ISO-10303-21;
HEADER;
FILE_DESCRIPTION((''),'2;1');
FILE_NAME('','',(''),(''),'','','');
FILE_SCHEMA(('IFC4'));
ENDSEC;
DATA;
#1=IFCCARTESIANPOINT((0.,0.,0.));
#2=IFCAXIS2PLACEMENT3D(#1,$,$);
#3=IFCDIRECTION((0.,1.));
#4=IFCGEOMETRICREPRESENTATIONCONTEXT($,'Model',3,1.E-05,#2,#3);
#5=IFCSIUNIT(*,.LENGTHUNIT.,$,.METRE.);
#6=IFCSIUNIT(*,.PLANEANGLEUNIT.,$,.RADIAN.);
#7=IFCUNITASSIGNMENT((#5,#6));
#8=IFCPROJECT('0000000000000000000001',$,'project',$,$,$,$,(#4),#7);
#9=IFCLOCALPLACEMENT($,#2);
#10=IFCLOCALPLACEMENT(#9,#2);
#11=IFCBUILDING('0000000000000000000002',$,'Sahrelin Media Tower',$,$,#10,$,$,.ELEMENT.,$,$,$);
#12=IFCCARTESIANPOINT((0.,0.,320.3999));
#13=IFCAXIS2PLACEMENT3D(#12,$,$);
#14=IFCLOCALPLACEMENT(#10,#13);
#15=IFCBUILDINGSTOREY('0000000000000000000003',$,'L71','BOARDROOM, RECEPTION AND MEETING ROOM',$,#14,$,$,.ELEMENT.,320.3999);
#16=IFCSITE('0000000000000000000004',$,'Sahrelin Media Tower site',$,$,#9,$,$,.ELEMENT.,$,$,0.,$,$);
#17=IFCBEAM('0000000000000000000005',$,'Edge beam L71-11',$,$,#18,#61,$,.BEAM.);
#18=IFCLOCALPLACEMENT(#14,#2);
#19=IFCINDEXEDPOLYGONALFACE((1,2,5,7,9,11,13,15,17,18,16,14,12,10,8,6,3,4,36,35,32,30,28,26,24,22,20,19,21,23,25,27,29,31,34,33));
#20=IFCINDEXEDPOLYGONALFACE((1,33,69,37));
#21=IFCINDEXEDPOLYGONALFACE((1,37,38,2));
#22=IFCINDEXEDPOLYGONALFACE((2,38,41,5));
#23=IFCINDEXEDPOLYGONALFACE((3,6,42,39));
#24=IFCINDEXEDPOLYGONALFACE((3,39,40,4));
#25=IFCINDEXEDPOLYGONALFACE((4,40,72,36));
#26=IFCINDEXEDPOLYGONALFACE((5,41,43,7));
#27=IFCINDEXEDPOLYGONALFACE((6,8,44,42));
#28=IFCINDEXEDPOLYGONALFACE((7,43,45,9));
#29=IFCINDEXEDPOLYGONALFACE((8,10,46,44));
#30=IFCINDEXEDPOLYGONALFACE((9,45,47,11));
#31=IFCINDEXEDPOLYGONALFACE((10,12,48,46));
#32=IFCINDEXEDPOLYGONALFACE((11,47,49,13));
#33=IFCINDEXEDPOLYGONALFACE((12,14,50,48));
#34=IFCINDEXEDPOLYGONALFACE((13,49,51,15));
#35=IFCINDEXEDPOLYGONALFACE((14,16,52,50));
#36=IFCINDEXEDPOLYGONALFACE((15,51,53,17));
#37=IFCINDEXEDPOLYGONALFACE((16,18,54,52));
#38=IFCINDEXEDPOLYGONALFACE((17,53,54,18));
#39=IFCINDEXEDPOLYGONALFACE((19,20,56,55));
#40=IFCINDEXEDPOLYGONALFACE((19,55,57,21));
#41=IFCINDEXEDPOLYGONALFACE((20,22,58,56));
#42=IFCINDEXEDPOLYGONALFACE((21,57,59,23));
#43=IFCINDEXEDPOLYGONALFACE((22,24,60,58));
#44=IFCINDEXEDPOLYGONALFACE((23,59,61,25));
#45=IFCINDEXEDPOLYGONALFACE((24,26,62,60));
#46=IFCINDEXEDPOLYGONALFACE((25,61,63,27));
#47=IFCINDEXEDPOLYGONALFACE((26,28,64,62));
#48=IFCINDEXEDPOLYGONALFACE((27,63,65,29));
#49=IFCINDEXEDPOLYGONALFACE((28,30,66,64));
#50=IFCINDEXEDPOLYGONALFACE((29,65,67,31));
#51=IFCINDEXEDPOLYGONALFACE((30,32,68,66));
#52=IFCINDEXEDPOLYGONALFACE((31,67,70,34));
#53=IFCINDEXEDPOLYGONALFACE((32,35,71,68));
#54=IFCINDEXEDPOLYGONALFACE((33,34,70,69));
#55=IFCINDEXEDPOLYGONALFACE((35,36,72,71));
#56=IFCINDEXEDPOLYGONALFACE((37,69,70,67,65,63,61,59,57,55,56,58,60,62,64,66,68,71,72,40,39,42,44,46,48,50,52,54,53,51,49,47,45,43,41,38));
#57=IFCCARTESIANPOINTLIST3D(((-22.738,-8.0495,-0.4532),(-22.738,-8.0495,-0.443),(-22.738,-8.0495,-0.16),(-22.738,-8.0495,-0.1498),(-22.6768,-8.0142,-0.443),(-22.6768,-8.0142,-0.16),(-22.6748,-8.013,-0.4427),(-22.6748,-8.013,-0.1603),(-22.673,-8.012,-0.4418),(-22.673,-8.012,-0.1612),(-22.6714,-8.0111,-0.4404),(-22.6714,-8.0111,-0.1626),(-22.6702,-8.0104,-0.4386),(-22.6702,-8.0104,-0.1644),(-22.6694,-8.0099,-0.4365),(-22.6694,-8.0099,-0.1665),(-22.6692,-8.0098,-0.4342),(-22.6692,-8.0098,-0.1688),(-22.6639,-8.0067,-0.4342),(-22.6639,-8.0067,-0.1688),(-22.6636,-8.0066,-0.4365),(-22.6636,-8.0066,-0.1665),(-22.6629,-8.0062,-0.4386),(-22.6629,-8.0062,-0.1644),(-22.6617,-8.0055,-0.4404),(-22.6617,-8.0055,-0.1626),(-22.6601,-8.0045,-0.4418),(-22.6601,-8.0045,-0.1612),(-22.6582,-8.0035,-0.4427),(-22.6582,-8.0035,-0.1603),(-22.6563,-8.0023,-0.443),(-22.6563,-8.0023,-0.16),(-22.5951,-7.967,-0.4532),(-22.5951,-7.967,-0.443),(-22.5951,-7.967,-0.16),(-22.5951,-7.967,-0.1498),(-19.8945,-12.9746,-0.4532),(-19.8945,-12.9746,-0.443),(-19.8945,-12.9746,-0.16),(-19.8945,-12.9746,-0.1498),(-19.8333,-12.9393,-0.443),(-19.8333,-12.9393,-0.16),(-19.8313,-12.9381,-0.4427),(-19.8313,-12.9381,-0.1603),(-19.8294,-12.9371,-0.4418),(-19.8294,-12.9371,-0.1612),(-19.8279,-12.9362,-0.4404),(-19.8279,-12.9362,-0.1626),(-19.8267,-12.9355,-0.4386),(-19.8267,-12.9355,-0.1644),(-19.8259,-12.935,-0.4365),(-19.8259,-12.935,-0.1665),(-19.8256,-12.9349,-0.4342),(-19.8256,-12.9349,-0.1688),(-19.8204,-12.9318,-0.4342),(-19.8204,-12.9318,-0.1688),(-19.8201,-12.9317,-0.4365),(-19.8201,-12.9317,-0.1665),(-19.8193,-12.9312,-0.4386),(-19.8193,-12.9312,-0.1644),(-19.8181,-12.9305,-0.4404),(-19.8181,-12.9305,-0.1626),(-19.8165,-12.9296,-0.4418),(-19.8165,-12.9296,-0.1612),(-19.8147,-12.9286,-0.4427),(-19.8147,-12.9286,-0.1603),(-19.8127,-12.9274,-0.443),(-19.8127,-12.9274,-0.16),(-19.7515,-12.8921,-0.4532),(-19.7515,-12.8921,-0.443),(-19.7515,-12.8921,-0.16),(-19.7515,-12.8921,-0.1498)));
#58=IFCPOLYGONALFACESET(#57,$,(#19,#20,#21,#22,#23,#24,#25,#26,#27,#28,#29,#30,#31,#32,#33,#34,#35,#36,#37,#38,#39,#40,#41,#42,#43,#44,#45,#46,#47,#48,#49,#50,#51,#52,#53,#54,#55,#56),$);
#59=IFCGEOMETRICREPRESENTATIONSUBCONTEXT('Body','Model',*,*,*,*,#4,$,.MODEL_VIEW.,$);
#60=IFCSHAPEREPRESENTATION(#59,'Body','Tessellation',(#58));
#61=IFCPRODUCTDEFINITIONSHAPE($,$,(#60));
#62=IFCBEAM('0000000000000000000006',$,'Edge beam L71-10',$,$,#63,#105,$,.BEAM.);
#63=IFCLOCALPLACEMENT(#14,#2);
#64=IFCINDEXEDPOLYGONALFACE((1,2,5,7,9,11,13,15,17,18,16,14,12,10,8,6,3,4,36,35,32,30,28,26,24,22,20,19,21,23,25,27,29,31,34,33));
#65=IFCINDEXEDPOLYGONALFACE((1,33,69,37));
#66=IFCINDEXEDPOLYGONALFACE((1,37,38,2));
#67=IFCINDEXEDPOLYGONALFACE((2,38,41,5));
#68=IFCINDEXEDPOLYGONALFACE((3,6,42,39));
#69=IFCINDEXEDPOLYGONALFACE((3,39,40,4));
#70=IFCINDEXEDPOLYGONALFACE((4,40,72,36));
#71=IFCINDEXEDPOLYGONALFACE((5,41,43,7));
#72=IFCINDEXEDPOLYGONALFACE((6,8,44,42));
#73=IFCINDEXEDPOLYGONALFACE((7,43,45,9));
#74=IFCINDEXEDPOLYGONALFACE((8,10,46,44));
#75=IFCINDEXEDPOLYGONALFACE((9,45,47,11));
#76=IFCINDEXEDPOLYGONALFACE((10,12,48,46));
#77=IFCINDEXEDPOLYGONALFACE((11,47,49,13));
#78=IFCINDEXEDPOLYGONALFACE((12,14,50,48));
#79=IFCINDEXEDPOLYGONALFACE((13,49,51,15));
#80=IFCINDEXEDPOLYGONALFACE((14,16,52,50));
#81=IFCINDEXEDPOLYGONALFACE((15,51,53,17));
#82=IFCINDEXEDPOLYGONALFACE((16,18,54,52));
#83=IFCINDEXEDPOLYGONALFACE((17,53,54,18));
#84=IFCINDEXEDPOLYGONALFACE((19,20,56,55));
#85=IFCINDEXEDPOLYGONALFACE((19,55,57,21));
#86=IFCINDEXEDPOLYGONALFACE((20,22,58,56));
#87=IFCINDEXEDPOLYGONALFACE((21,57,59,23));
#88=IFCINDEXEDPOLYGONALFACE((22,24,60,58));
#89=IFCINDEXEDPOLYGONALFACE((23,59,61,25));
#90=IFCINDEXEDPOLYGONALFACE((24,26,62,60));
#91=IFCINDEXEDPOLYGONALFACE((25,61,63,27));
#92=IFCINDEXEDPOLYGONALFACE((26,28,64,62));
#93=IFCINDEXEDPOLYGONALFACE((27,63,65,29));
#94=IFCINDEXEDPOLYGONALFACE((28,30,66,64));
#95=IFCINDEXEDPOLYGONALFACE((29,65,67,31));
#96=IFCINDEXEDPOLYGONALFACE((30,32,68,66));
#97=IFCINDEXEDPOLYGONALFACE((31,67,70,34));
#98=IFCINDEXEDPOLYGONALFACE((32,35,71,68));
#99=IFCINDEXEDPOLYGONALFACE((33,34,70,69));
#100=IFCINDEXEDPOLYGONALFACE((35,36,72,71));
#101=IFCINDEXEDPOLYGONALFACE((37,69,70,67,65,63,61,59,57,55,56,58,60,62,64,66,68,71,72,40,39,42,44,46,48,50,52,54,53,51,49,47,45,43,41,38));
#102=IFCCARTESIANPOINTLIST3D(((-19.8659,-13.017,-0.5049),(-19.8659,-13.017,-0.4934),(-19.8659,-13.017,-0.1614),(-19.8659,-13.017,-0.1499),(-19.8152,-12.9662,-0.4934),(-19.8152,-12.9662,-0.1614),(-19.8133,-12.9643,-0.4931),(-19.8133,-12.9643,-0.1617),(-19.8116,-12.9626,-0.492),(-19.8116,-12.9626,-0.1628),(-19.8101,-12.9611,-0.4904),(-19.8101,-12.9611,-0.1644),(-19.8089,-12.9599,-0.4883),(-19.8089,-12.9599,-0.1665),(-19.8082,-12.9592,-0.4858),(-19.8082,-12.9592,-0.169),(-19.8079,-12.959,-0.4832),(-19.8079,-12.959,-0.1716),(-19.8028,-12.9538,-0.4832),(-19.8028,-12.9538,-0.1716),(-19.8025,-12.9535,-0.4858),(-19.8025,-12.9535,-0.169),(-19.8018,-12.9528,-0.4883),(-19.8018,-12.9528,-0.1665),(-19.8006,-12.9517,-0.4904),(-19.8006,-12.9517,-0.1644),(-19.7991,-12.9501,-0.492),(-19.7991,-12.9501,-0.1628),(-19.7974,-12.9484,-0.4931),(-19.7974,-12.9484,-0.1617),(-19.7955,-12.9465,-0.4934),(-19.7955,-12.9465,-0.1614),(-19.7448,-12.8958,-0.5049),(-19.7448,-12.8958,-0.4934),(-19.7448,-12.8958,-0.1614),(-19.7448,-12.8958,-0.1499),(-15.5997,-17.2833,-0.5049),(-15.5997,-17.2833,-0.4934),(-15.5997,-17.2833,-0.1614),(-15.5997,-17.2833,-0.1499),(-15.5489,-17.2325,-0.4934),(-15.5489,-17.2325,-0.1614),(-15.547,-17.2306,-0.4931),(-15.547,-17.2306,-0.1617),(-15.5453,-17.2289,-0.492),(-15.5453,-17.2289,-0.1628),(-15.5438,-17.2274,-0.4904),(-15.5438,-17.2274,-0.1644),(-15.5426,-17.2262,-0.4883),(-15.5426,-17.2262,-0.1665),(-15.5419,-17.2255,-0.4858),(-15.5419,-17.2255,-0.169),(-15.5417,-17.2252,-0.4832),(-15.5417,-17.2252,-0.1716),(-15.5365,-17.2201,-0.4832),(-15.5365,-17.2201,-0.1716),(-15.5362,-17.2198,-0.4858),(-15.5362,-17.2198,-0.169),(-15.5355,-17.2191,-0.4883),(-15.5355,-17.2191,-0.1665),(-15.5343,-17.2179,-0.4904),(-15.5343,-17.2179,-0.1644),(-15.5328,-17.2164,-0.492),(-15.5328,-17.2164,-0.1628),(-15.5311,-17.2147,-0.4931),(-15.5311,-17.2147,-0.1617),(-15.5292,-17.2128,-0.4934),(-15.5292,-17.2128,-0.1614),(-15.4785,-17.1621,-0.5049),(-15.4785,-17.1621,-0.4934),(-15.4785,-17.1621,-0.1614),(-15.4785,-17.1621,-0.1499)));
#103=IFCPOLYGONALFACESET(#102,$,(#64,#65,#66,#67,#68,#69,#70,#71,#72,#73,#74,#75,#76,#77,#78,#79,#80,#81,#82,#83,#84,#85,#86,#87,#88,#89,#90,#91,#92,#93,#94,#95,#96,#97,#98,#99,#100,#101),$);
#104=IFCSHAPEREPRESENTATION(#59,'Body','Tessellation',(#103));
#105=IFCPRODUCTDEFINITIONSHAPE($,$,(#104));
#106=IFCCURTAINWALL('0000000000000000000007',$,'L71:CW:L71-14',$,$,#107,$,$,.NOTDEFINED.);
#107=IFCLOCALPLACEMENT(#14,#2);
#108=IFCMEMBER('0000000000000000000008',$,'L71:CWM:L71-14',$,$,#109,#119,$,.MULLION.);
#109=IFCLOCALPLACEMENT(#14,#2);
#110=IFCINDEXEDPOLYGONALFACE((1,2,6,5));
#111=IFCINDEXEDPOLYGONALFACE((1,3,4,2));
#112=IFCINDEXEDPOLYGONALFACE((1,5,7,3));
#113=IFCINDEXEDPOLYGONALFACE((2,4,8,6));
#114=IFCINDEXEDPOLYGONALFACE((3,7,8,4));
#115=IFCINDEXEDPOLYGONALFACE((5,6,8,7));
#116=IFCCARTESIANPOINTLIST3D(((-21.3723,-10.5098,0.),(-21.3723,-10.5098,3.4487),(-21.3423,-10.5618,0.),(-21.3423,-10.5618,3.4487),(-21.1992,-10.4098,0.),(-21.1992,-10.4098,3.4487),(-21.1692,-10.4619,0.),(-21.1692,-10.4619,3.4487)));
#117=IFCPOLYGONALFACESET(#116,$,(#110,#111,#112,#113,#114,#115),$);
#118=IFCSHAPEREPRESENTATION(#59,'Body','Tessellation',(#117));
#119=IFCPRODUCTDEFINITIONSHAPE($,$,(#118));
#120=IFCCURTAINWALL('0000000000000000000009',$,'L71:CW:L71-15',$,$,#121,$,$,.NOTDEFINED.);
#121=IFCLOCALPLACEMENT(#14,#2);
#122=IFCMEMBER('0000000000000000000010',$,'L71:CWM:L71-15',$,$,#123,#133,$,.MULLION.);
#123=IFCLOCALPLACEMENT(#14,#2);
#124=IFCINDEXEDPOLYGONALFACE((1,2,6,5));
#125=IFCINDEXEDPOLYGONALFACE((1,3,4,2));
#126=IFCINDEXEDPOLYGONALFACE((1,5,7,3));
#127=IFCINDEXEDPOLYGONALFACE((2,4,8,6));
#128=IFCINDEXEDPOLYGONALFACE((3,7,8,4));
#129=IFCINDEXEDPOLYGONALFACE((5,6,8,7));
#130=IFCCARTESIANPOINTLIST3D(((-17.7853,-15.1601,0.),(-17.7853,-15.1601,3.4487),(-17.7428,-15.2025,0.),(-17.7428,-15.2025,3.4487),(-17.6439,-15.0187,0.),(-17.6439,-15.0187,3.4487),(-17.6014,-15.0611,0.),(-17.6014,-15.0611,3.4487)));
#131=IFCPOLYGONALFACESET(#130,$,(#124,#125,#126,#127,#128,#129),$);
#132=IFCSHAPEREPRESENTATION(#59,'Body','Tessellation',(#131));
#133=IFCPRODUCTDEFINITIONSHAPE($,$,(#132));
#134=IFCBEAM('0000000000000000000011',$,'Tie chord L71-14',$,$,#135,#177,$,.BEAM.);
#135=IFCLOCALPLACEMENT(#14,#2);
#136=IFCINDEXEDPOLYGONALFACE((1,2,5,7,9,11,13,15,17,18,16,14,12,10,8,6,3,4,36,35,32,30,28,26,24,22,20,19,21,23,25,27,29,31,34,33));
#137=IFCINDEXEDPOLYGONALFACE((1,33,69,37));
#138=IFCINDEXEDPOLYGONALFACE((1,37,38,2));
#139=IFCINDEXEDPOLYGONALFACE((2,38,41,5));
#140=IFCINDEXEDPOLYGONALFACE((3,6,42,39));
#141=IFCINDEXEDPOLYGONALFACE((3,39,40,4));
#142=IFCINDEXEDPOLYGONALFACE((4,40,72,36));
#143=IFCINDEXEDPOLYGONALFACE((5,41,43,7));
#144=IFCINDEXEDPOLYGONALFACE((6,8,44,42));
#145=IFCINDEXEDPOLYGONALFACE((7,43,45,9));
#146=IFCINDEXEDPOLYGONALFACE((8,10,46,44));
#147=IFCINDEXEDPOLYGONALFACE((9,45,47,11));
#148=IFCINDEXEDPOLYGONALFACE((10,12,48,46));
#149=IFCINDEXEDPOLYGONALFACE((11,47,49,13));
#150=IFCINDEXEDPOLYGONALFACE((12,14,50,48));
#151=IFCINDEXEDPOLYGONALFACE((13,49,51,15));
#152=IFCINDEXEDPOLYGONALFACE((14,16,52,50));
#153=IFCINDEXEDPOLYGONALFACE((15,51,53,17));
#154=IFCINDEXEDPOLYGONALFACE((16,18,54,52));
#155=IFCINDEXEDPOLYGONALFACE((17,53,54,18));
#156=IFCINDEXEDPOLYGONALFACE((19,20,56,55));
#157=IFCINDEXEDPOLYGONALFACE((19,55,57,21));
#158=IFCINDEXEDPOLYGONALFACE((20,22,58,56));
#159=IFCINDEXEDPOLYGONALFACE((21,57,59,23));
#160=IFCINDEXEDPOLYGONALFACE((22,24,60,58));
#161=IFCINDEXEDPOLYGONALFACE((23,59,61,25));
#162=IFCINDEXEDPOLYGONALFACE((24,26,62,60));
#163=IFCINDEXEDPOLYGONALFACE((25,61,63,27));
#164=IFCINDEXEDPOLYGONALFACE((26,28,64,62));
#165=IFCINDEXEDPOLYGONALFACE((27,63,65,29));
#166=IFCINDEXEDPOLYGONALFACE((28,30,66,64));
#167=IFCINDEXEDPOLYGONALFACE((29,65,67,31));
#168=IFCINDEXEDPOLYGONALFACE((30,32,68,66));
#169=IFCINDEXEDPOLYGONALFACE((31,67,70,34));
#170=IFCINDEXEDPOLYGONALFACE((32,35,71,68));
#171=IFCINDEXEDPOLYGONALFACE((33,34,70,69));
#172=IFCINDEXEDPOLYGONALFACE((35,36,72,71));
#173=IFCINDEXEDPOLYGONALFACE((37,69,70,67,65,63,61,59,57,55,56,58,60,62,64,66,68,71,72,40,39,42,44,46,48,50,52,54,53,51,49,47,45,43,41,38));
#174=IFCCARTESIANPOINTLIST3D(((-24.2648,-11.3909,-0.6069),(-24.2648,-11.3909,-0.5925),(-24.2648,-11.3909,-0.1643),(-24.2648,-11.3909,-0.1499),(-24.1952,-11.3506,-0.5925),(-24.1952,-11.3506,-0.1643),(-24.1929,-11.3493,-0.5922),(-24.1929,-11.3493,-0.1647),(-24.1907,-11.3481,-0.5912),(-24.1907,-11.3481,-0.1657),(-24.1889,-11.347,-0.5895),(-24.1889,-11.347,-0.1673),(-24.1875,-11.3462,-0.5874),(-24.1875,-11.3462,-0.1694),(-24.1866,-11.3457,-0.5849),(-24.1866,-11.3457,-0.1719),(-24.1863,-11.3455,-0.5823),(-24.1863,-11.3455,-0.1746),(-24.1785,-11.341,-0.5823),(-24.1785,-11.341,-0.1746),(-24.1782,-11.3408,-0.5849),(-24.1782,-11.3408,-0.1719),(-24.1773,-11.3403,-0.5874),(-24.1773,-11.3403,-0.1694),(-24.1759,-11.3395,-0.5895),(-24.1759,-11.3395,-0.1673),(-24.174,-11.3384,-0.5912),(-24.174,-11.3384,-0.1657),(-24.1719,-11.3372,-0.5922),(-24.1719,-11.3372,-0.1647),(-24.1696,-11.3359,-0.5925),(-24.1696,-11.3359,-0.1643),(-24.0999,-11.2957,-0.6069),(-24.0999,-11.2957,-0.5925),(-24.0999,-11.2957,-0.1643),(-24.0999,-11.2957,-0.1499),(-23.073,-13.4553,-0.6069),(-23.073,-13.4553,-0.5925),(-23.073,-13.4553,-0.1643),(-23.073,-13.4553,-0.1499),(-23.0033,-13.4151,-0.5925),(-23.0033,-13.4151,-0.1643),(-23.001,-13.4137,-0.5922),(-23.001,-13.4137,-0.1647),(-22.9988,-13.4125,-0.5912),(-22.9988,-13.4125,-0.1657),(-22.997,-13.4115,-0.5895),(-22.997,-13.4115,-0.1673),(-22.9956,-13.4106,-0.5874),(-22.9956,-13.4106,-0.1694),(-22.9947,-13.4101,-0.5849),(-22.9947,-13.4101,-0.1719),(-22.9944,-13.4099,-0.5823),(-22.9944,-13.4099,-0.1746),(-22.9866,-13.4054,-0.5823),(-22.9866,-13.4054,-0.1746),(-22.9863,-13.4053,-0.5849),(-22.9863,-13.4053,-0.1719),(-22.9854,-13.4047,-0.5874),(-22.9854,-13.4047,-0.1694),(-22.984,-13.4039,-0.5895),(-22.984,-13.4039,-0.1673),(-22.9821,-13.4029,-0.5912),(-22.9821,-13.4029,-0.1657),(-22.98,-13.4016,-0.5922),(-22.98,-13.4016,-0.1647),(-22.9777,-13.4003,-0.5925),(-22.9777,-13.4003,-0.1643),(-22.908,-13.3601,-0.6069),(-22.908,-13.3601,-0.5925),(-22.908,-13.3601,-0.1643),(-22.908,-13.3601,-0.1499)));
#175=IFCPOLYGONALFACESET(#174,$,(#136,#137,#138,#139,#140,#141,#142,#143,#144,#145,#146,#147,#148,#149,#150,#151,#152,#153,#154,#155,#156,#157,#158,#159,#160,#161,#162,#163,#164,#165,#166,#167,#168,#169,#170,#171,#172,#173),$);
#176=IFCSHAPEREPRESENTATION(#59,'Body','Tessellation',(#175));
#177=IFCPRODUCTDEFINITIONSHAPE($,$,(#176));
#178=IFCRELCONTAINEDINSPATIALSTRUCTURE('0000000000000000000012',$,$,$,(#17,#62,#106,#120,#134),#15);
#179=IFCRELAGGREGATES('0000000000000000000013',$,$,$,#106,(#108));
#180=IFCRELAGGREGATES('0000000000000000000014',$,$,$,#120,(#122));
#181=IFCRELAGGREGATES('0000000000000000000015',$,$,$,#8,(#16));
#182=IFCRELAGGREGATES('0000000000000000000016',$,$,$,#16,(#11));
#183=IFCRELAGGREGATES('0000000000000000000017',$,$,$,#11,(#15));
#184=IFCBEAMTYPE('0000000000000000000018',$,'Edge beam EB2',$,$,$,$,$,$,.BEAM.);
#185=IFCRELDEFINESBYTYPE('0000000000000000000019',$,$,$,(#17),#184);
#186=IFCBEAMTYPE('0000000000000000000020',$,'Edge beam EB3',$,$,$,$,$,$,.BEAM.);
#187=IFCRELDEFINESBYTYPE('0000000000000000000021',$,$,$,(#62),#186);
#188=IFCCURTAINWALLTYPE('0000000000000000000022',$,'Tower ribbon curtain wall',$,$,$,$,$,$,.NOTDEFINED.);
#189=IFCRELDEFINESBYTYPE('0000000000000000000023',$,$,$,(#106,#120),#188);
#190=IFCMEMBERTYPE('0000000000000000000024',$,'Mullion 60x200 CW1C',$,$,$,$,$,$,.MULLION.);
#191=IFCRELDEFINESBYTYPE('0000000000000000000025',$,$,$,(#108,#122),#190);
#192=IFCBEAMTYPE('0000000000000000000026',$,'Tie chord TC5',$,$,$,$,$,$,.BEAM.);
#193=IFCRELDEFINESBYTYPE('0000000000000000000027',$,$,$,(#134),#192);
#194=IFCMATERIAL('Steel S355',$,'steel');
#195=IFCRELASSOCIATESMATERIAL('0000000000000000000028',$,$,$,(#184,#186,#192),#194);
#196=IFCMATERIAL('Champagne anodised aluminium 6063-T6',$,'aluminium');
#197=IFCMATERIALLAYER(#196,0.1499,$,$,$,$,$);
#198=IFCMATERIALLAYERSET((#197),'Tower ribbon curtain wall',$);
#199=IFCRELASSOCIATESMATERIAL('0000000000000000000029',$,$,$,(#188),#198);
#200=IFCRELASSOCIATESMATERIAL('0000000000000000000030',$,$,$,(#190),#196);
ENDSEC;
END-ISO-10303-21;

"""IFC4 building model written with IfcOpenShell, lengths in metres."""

from ifc_helpers import new_model, si_unit, direction, frame, origin, origin_2d, place, context, subcontext, project, spatial, rectangle, i_section, extrude, material, layer, layer_set, material_profile, profile_set, type_object, element, aggregate, save


model = new_model("IFC4")

# Units and contexts
model_context = context("Model", 3, precision=1e-05, world=origin(), true_north=direction((0.0, 1.0)))
body_context = subcontext(model_context, "Body", "Model", "MODEL_VIEW")
ifc_project = project(units=[si_unit("LENGTHUNIT", "METRE"), si_unit("PLANEANGLEUNIT", "RADIAN")], contexts=[model_context])

# Site, building, storey
site_placement = place(None, origin())
site = spatial("IfcSite", under=ifc_project, at=site_placement, Name="Sahrelin Media Tower site", CompositionType="ELEMENT", RefElevation=0.0)
building_placement = place(site_placement, origin())
building = spatial("IfcBuilding", under=site, at=building_placement, Name="Sahrelin Media Tower", CompositionType="ELEMENT")
storey_placement = place(building_placement, frame((0.0, 0.0, 320.3999)))
storey = spatial("IfcBuildingStorey", under=building, at=storey_placement, Name="L71", Description="BOARDROOM, RECEPTION AND MEETING ROOM", CompositionType="ELEMENT", Elevation=320.3999)

# Beams
ifc_material_1 = material(Name="Steel S355", Category="steel")
ifc_material_profile_1 = material_profile(ifc_material_1, i_section(OverallWidth=0.165, OverallDepth=0.3035, WebThickness=0.0061, FlangeThickness=0.0103, FilletRadius=0.0088, at=origin_2d()), Name="UB 305x165x40")
ifc_profile_set_1 = profile_set([ifc_material_profile_1], Name="Steel S355")
beam_type_1 = type_object("IfcBeamType", Name="Edge beam EB2", PredefinedType="BEAM", material=ifc_profile_set_1)
beam_1_placement = place(storey_placement, frame((-19.823, -12.9333, -0.3015), z_axis=(-0.500004, 0.866023, 0.0), x_axis=(-0.866023, -0.500004, 0.0)))
element("IfcBeam", 1, at=beam_1_placement, inside=storey, type_object=beam_type_1, Name="Edge beam L71-11", PredefinedType="BEAM", context=body_context, shape_type="SweptSolid", body=[
    extrude(i_section(OverallWidth=0.165, OverallDepth=0.3035, WebThickness=0.0061, FlangeThickness=0.0103, FilletRadius=0.0088, at=origin_2d()), origin(), (0.0, 0.0, 1.0), 5.687),
])
ifc_material_profile_2 = material_profile(ifc_material_1, i_section(OverallWidth=0.1714, OverallDepth=0.355, WebThickness=0.0073, FlangeThickness=0.0115, FilletRadius=0.0103, at=origin_2d()), Name="UB 356x171x51")
ifc_profile_set_2 = profile_set([ifc_material_profile_2], Name="Steel S355")
beam_type_2 = type_object("IfcBeamType", Name="Edge beam EB3", PredefinedType="BEAM", material=ifc_profile_set_2)
beam_2_placement = place(storey_placement, frame((-15.5391, -17.2227, -0.3274), z_axis=(-0.707107, 0.707107, 0.0), x_axis=(-0.707107, -0.707107, 0.0)))
element("IfcBeam", 2, at=beam_2_placement, inside=storey, type_object=beam_type_2, Name="Edge beam L71-10", PredefinedType="BEAM", context=body_context, shape_type="SweptSolid", body=[
    extrude(i_section(OverallWidth=0.1714, OverallDepth=0.355, WebThickness=0.0073, FlangeThickness=0.0115, FilletRadius=0.0103, at=origin_2d()), origin(), (0.0, 0.0, 1.0), 6.0334),
])

# Curtain walls, members
ifc_material_2 = material(Name="Champagne anodised aluminium 6063-T6", Category="aluminium")
ifc_layer_1 = layer(ifc_material_2, 0.1499)
ifc_layer_set_1 = layer_set([ifc_layer_1], Name="Tower ribbon curtain wall")
curtain_wall_type = type_object("IfcCurtainWallType", Name="Tower ribbon curtain wall", PredefinedType="NOTDEFINED", material=ifc_layer_set_1)
curtain_wall_1_placement = place(storey_placement, frame((-21.3745, -10.5459, 0.0), z_axis=(0.0, 0.0, 1.0), x_axis=(1.0, 0.0, 0.0)))
curtain_wall_1 = element("IfcCurtainWall", 3, at=curtain_wall_1_placement, inside=storey, type_object=curtain_wall_type, Name="L71:CW:L71-14", PredefinedType="NOTDEFINED")
ifc_material_profile_3 = material_profile(ifc_material_2, rectangle(XDim=0.0601, YDim=0.2, at=origin_2d()), Name="Mullion 60x200")
ifc_profile_set_3 = profile_set([ifc_material_profile_3], Name="Champagne anodised aluminium 6063-T6")
member_type_1 = type_object("IfcMemberType", Name="Mullion 60x200 CW1C", PredefinedType="MULLION", material=ifc_profile_set_3)
member_1_placement = place(storey_placement, frame((-21.2708, -10.4858, 0.0), z_axis=(0.0, 0.0, 1.0), x_axis=(0.500005, -0.866023, 0.0)))
member_1 = element("IfcMember", 4, at=member_1_placement, type_object=member_type_1, Name="L71:CWM:L71-14", PredefinedType="MULLION", context=body_context, shape_type="SweptSolid", body=[
    extrude(rectangle(XDim=0.0601, YDim=0.2, at=origin_2d()), origin(), (0.0, 0.0, 1.0), 3.4487),
])
curtain_wall_2_placement = place(storey_placement, frame((-17.7783, -15.1956, 0.0), z_axis=(0.0, 0.0, 1.0), x_axis=(1.0, 0.0, 0.0)))
curtain_wall_2 = element("IfcCurtainWall", 5, at=curtain_wall_2_placement, inside=storey, type_object=curtain_wall_type, Name="L71:CW:L71-15", PredefinedType="NOTDEFINED")
member_2_placement = place(storey_placement, frame((-17.6934, -15.1106, 0.0), z_axis=(0.0, 0.0, 1.0), x_axis=(0.707107, -0.707107, 0.0)))
member_2 = element("IfcMember", 6, at=member_2_placement, type_object=member_type_1, Name="L71:CWM:L71-15", PredefinedType="MULLION", context=body_context, shape_type="SweptSolid", body=[
    extrude(rectangle(XDim=0.0601, YDim=0.2, at=origin_2d()), origin(), (0.0, 0.0, 1.0), 3.4487),
])

# Beam
ifc_material_profile_4 = material_profile(ifc_material_1, i_section(OverallWidth=0.1904, OverallDepth=0.457, WebThickness=0.009, FlangeThickness=0.0144, FilletRadius=0.0103, at=origin_2d()), Name="UB 457x191x74")
ifc_profile_set_4 = profile_set([ifc_material_profile_4], Name="Steel S355")
beam_type_3 = type_object("IfcBeamType", Name="Tie chord TC5", PredefinedType="BEAM", material=ifc_profile_set_4)
beam_3_placement = place(storey_placement, frame((-24.1824, -11.3433, -0.3784), z_axis=(0.499994, -0.866029, 0.0), x_axis=(0.866029, 0.499994, 0.0)))
element("IfcBeam", 7, at=beam_3_placement, inside=storey, type_object=beam_type_3, Name="Tie chord L71-14", PredefinedType="BEAM", context=body_context, shape_type="SweptSolid", body=[
    extrude(i_section(OverallWidth=0.1904, OverallDepth=0.457, WebThickness=0.009, FlangeThickness=0.0144, FilletRadius=0.0103, at=origin_2d()), origin(), (0.0, 0.0, 1.0), 2.3838),
])

aggregate(curtain_wall_1, [member_1])
aggregate(curtain_wall_2, [member_2])

save(model, "model.ifc")
